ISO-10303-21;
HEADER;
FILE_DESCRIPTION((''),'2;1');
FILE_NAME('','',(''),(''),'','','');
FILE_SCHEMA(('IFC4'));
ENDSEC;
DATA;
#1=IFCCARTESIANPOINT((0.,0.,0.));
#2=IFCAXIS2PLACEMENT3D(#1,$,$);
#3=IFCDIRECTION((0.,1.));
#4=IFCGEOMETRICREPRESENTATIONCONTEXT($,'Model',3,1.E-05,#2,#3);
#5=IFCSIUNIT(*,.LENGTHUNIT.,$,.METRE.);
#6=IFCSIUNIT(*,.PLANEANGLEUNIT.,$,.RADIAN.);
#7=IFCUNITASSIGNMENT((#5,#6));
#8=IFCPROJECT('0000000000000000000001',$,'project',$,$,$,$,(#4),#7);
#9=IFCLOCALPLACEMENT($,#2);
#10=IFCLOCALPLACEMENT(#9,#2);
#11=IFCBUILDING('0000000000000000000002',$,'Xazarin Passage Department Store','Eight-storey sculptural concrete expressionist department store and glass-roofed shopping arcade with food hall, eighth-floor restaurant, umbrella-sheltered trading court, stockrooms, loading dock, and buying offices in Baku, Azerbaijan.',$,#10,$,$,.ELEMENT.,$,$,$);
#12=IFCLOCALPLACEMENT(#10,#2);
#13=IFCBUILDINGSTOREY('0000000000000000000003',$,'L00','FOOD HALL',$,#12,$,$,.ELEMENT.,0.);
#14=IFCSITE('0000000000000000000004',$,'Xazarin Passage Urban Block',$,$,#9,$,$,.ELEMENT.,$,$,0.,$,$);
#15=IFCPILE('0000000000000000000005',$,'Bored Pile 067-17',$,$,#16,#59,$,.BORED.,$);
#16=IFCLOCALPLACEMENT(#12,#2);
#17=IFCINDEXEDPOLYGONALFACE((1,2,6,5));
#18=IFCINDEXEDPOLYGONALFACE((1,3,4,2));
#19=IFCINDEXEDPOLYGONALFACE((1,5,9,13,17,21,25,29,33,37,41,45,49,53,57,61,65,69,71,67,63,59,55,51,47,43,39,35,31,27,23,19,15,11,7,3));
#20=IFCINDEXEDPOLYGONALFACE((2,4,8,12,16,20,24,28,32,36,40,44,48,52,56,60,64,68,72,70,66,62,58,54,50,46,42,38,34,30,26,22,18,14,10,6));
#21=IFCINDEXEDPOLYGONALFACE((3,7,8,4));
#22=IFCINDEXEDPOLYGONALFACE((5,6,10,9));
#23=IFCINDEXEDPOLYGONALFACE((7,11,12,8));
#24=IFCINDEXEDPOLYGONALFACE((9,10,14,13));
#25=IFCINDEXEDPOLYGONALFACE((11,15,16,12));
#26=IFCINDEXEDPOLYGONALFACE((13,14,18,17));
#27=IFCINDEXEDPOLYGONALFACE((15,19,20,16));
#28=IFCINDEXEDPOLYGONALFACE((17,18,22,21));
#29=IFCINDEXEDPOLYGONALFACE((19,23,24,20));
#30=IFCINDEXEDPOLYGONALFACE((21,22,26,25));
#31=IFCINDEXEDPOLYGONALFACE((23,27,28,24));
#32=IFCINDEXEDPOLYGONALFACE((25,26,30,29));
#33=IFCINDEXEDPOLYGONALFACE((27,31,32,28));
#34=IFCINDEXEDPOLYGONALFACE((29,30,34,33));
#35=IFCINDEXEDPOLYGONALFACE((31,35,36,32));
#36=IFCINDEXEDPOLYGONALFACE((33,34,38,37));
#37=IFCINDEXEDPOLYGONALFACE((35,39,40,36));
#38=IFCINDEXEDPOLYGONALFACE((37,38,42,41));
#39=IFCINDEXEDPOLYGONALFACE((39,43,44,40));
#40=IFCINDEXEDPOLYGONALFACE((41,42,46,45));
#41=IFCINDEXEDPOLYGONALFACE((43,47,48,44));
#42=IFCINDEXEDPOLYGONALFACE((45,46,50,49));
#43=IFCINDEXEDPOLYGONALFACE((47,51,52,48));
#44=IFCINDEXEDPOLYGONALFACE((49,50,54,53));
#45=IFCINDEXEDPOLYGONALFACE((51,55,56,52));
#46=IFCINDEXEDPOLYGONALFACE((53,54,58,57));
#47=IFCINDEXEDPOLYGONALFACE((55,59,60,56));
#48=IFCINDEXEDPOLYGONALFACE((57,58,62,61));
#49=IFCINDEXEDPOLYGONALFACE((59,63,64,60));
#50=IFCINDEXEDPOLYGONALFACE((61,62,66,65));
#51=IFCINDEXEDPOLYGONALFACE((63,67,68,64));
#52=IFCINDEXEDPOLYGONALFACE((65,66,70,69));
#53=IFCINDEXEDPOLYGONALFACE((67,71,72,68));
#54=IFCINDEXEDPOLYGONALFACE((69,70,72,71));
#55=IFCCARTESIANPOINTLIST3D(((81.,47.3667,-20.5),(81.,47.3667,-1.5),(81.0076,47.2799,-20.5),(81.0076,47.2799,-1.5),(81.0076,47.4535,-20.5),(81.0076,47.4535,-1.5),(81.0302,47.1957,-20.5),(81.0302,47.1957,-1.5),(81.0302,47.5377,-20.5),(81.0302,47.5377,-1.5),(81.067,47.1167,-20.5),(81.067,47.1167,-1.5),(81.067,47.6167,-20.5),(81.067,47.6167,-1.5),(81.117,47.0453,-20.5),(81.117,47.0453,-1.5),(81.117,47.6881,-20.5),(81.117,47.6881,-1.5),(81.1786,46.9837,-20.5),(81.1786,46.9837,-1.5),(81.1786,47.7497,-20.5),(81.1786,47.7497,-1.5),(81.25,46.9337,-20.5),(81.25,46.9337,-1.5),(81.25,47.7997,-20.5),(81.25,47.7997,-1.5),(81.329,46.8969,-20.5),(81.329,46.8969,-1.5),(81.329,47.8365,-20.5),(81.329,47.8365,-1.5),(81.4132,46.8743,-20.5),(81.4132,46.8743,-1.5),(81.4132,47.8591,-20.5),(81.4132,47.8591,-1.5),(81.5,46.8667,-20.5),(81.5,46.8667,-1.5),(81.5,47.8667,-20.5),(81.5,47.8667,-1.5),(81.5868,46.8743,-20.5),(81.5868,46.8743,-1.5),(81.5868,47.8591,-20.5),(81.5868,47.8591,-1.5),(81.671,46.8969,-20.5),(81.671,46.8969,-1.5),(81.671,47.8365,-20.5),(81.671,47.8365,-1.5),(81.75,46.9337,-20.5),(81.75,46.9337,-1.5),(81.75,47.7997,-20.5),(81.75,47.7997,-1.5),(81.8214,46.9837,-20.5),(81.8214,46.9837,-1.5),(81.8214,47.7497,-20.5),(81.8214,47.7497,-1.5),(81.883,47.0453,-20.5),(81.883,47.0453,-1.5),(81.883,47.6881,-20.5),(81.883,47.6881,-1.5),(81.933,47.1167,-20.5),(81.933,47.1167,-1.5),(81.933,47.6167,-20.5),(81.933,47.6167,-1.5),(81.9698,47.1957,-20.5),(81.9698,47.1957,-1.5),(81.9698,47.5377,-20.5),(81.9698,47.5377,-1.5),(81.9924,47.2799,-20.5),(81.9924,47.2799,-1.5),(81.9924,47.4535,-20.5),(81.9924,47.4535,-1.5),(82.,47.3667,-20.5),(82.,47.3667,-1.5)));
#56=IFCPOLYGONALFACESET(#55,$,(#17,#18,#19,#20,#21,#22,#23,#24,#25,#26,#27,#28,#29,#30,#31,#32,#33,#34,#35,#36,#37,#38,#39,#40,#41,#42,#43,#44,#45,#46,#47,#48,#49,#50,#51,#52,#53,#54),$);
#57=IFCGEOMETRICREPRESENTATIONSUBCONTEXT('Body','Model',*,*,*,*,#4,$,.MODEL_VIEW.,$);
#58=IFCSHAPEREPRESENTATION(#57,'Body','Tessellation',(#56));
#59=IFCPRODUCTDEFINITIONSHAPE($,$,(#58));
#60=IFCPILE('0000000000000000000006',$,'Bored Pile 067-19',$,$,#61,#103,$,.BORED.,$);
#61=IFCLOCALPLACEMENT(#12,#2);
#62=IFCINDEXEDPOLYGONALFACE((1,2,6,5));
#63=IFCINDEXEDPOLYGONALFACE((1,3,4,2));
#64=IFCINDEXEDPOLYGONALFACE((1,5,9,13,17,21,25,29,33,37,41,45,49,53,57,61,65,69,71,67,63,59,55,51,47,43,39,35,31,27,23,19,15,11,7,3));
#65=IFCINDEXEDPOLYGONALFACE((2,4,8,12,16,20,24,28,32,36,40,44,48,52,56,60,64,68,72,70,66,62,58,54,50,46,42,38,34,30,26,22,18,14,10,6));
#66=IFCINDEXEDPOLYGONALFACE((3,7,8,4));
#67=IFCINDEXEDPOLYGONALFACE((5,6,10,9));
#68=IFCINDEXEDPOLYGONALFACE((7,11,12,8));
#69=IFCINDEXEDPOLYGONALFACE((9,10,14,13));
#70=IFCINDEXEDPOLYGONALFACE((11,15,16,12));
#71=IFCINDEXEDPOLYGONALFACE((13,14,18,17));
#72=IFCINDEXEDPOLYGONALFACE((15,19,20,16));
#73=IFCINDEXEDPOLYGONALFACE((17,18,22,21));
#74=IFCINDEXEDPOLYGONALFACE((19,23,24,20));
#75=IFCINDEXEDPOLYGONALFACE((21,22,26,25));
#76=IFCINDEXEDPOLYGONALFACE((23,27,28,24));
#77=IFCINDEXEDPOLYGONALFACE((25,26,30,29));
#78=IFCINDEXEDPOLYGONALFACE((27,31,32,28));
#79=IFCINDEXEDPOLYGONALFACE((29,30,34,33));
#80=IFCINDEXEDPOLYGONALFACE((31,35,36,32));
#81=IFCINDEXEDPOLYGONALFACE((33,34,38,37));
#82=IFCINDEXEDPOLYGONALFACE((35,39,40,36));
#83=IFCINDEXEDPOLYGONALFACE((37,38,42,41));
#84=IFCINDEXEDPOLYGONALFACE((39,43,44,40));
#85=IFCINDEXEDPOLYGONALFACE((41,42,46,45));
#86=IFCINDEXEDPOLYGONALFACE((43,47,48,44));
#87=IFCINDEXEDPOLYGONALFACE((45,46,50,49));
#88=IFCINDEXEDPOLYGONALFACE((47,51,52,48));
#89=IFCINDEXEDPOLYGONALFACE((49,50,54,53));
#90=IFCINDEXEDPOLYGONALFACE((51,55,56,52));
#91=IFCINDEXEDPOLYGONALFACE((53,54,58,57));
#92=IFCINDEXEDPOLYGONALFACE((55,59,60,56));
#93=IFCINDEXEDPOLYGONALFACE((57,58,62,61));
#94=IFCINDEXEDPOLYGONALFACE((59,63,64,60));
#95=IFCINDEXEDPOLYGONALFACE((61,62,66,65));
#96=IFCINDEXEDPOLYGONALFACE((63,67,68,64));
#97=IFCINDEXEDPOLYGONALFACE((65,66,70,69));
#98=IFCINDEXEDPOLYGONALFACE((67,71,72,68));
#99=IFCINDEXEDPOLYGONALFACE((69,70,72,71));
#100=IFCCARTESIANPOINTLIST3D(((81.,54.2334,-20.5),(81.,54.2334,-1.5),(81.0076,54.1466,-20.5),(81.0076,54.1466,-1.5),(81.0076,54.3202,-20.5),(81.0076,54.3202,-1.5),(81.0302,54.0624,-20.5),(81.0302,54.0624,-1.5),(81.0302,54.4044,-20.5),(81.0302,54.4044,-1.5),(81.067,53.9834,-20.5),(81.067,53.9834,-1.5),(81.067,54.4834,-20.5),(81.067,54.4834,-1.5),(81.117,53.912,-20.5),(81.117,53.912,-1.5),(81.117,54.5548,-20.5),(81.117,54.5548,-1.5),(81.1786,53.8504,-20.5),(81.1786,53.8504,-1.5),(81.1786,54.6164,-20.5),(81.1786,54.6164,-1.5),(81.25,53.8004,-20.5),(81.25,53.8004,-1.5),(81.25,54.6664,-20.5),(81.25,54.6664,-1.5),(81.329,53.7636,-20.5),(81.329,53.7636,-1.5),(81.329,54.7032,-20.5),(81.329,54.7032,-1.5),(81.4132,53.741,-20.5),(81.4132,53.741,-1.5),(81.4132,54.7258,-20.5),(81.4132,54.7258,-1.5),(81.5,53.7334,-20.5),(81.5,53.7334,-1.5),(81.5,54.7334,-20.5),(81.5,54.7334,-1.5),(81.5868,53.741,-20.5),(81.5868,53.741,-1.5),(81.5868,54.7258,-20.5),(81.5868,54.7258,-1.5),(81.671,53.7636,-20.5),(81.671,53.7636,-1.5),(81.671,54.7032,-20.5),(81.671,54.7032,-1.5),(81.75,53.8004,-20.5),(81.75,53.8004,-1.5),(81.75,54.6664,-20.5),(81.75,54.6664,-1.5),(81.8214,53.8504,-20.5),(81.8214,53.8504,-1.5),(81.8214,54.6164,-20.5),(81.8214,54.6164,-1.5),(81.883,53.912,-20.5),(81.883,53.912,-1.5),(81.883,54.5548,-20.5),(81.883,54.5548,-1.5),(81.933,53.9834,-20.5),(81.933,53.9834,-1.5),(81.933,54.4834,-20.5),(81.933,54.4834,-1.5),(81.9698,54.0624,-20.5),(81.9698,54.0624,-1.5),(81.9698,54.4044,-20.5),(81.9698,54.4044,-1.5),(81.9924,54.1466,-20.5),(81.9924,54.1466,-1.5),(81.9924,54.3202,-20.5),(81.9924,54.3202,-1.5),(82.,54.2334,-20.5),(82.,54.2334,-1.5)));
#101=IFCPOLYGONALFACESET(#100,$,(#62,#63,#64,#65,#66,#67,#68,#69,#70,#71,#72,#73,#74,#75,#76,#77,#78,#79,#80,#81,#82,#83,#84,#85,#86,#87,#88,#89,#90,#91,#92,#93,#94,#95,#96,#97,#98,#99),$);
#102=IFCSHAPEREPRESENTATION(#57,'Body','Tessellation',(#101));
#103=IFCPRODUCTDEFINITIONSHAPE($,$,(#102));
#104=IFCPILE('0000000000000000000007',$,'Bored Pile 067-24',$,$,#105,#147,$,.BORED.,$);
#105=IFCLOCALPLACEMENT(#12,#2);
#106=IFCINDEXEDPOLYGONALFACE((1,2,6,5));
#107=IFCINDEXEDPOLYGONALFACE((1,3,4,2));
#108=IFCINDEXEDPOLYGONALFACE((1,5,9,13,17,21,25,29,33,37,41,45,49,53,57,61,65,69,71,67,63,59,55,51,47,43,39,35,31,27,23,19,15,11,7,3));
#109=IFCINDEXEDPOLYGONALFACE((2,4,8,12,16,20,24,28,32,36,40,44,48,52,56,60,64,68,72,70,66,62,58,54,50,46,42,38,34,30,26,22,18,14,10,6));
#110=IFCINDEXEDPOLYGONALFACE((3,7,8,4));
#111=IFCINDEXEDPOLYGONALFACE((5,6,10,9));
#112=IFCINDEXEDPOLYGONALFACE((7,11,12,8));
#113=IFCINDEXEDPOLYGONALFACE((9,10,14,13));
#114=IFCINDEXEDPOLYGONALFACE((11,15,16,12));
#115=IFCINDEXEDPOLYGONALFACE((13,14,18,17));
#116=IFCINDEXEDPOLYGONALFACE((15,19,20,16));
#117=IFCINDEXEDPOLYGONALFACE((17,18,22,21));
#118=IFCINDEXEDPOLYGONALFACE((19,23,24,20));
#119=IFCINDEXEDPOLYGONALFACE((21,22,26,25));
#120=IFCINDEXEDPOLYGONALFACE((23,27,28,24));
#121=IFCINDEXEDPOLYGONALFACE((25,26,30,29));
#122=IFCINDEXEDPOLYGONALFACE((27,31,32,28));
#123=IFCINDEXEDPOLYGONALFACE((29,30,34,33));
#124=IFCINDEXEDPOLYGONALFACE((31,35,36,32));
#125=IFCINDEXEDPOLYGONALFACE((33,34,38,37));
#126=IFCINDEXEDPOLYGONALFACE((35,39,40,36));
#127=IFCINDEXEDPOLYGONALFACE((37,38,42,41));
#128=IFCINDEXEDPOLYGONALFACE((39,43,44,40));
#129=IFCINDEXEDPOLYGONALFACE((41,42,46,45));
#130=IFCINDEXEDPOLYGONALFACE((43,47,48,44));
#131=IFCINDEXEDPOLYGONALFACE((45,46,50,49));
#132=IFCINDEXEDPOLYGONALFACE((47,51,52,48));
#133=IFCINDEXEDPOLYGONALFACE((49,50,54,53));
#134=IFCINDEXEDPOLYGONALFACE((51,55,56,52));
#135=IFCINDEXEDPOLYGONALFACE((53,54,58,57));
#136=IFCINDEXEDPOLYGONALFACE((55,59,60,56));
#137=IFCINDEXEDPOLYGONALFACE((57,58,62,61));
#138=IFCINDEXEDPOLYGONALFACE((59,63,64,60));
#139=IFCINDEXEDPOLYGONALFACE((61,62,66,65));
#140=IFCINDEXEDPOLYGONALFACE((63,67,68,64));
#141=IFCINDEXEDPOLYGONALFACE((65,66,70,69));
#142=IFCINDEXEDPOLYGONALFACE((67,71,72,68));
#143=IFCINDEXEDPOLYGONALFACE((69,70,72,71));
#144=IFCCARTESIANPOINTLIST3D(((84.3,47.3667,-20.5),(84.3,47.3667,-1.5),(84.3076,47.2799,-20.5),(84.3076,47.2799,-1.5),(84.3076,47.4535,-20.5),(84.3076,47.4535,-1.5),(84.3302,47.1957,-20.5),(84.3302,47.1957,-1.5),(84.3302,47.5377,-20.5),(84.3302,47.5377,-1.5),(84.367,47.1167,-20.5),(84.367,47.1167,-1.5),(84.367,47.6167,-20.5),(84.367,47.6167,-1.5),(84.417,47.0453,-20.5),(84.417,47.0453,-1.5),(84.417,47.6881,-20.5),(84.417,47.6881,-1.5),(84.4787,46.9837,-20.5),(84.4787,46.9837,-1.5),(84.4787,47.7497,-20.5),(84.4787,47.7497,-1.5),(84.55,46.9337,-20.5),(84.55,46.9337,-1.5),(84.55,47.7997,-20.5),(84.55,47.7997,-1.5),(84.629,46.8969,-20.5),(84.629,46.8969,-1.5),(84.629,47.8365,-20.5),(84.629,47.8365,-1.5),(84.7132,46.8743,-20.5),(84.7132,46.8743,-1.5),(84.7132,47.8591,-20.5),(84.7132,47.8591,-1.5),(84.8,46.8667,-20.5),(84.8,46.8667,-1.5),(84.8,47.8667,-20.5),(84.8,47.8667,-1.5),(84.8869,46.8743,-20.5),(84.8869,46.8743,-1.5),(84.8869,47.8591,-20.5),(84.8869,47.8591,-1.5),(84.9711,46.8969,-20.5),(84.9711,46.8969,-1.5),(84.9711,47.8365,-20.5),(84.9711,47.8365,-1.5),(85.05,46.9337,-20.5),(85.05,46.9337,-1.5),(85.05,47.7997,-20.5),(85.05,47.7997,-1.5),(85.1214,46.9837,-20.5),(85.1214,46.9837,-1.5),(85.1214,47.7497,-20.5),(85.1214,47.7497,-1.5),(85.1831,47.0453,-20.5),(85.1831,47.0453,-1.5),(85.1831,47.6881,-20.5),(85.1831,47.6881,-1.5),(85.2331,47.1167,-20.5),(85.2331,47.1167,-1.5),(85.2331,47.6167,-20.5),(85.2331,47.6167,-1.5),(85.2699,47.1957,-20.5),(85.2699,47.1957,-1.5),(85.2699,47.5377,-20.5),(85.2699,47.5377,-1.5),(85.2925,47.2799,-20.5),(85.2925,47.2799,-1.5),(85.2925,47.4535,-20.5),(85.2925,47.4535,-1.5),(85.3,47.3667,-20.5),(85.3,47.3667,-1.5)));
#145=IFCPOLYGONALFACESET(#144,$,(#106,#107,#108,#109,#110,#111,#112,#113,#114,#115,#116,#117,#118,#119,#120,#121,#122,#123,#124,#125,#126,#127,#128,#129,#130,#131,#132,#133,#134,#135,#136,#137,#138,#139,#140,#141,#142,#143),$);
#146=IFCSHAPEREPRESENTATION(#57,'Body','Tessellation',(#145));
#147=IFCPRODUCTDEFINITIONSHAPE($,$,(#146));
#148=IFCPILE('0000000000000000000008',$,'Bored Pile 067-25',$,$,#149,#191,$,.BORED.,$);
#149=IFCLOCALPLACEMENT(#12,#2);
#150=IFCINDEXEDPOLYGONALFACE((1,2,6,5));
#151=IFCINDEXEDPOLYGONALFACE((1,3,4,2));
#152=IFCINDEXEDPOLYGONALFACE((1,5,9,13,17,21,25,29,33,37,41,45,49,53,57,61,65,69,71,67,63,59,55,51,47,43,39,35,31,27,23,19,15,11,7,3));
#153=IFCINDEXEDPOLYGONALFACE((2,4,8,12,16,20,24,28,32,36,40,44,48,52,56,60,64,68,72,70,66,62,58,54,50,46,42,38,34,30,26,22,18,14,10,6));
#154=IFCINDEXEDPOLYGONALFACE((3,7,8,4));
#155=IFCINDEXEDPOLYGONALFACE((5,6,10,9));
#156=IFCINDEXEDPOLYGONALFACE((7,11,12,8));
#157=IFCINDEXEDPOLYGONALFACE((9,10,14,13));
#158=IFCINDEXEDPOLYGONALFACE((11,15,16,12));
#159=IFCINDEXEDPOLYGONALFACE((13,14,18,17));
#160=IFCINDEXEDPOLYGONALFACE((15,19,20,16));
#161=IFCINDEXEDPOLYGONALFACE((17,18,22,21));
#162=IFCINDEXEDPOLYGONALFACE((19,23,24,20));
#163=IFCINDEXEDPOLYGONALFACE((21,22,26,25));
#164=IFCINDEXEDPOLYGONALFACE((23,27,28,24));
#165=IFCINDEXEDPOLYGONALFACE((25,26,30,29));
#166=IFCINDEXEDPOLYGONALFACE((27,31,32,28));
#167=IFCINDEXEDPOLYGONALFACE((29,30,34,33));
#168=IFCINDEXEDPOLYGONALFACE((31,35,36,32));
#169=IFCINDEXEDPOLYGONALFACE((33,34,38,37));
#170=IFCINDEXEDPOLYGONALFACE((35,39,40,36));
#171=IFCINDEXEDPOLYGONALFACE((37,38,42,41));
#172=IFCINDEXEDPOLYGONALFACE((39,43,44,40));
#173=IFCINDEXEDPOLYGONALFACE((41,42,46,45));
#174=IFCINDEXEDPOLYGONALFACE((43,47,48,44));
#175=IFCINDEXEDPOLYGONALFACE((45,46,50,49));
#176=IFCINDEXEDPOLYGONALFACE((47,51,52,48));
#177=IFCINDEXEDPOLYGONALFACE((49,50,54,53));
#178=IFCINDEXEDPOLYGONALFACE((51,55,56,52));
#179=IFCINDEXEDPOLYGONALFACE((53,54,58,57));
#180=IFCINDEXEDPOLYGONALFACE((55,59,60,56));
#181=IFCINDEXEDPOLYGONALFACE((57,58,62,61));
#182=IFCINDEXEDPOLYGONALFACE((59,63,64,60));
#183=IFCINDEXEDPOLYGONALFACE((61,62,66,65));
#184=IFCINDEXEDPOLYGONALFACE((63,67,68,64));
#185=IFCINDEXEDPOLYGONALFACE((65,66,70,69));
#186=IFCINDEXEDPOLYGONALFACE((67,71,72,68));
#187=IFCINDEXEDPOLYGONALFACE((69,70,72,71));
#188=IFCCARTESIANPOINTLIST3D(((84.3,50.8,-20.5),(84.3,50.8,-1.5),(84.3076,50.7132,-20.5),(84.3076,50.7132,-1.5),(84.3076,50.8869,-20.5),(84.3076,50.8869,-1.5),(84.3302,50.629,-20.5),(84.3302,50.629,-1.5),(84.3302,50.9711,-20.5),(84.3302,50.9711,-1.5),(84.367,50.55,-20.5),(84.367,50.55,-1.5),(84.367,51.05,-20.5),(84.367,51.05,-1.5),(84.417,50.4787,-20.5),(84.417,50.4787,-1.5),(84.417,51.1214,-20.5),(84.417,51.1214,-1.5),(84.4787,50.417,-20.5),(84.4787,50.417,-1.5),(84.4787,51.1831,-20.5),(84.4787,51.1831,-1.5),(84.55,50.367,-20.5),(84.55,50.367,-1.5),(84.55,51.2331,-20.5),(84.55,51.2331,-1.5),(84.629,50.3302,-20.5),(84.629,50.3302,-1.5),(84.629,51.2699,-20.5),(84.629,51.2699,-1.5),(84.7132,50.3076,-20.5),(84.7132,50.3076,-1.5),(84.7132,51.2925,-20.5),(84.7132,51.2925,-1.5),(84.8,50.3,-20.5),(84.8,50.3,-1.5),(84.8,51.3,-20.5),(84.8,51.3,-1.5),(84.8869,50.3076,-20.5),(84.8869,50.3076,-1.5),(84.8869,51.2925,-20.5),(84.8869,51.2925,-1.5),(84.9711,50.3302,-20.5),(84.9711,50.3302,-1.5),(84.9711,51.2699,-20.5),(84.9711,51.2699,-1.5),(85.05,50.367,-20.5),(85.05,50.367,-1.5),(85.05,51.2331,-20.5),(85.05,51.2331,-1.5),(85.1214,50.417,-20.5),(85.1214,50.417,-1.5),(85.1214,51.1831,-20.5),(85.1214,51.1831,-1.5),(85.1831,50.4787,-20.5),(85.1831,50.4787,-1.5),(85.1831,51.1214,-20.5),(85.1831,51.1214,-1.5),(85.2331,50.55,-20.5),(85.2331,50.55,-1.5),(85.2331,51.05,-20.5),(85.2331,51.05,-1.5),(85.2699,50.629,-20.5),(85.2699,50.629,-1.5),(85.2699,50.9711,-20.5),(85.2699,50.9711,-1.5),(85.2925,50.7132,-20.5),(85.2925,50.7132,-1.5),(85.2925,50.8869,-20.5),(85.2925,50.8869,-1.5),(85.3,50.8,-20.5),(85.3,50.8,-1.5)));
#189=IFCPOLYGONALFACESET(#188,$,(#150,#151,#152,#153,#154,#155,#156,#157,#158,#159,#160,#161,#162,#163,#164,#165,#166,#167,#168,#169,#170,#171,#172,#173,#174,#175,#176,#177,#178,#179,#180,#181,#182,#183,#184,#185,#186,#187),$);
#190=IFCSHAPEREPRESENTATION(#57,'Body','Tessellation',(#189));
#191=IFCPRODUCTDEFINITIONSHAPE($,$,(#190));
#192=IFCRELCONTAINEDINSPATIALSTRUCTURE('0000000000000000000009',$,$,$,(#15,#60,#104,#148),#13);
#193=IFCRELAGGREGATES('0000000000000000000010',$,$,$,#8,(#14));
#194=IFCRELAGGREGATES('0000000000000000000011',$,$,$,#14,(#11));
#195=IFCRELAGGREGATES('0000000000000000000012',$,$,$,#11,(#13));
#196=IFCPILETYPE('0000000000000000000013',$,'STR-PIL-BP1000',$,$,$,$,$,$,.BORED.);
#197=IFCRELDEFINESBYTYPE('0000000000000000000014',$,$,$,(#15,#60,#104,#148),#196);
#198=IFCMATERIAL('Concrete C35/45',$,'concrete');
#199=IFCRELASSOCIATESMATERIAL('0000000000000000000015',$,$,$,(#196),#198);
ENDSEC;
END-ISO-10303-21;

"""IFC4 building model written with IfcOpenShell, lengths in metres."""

from ifc_helpers import new_model, si_unit, direction, frame, origin, origin_2d, place, context, subcontext, project, spatial, circle, extrude, material, material_profile, profile_set, type_object, element, save


model = new_model("IFC4")

# Units and contexts
model_context = context("Model", 3, precision=1e-05, world=origin(), true_north=direction((0.0, 1.0)))
body_context = subcontext(model_context, "Body", "Model", "MODEL_VIEW")
ifc_project = project(units=[si_unit("LENGTHUNIT", "METRE"), si_unit("PLANEANGLEUNIT", "RADIAN")], contexts=[model_context])

# Site, building, storey
site_placement = place(None, origin())
site = spatial("IfcSite", under=ifc_project, at=site_placement, Name="Xazarin Passage Urban Block", CompositionType="ELEMENT", RefElevation=0.0)
building_placement = place(site_placement, origin())
building = spatial("IfcBuilding", under=site, at=building_placement, Name="Xazarin Passage Department Store", Description="Eight-storey sculptural concrete expressionist department store and glass-roofed shopping arcade with food hall, eighth-floor restaurant, umbrella-sheltered trading court, stockrooms, loading dock, and buying offices in Baku, Azerbaijan.", CompositionType="ELEMENT")
storey_placement = place(building_placement, origin())
storey = spatial("IfcBuildingStorey", under=building, at=storey_placement, Name="L00", Description="FOOD HALL", CompositionType="ELEMENT", Elevation=0.0)

# Shared definitions
ifc_material_1 = material(Name="Concrete C35/45", Category="concrete")

# Piles
ifc_material_profile_1 = material_profile(ifc_material_1, circle(Radius=0.5, at=origin_2d()), Name="BP 1000")
ifc_profile_set_1 = profile_set([ifc_material_profile_1], Name="Concrete C35/45")
pile_type_1 = type_object("IfcPileType", Name="STR-PIL-BP1000", PredefinedType="BORED", material=ifc_profile_set_1)
for number, where, z_axis, x_axis, name in (
    (1, (81.5, 47.3667, -1.5), (0.0, 0.0, -1.0), (1.0, 0.0, 0.0), "Bored Pile 067-17"),
    (2, (81.5, 54.2334, -1.5), (0.0, 0.0, -1.0), (1.0, 0.0, 0.0), "Bored Pile 067-19"),
    (3, (84.8, 47.3667, -1.5), (0.0, 0.0, -1.0), (1.0, 0.0, 0.0), "Bored Pile 067-24"),
    (4, (84.8, 50.8, -1.5), (0.0, 0.0, -1.0), (1.0, 0.0, 0.0), "Bored Pile 067-25"),
):
    element("IfcPile", number, at=place(storey_placement, frame(where, z_axis=z_axis, x_axis=x_axis)), inside=storey, type_object=pile_type_1, Name=name, PredefinedType="BORED", context=body_context, shape_type="SweptSolid", body=[
        extrude(circle(Radius=0.5, at=origin_2d()), origin(), (0.0, 0.0, 1.0), 19.0),
    ])

save(model, "model.ifc")
